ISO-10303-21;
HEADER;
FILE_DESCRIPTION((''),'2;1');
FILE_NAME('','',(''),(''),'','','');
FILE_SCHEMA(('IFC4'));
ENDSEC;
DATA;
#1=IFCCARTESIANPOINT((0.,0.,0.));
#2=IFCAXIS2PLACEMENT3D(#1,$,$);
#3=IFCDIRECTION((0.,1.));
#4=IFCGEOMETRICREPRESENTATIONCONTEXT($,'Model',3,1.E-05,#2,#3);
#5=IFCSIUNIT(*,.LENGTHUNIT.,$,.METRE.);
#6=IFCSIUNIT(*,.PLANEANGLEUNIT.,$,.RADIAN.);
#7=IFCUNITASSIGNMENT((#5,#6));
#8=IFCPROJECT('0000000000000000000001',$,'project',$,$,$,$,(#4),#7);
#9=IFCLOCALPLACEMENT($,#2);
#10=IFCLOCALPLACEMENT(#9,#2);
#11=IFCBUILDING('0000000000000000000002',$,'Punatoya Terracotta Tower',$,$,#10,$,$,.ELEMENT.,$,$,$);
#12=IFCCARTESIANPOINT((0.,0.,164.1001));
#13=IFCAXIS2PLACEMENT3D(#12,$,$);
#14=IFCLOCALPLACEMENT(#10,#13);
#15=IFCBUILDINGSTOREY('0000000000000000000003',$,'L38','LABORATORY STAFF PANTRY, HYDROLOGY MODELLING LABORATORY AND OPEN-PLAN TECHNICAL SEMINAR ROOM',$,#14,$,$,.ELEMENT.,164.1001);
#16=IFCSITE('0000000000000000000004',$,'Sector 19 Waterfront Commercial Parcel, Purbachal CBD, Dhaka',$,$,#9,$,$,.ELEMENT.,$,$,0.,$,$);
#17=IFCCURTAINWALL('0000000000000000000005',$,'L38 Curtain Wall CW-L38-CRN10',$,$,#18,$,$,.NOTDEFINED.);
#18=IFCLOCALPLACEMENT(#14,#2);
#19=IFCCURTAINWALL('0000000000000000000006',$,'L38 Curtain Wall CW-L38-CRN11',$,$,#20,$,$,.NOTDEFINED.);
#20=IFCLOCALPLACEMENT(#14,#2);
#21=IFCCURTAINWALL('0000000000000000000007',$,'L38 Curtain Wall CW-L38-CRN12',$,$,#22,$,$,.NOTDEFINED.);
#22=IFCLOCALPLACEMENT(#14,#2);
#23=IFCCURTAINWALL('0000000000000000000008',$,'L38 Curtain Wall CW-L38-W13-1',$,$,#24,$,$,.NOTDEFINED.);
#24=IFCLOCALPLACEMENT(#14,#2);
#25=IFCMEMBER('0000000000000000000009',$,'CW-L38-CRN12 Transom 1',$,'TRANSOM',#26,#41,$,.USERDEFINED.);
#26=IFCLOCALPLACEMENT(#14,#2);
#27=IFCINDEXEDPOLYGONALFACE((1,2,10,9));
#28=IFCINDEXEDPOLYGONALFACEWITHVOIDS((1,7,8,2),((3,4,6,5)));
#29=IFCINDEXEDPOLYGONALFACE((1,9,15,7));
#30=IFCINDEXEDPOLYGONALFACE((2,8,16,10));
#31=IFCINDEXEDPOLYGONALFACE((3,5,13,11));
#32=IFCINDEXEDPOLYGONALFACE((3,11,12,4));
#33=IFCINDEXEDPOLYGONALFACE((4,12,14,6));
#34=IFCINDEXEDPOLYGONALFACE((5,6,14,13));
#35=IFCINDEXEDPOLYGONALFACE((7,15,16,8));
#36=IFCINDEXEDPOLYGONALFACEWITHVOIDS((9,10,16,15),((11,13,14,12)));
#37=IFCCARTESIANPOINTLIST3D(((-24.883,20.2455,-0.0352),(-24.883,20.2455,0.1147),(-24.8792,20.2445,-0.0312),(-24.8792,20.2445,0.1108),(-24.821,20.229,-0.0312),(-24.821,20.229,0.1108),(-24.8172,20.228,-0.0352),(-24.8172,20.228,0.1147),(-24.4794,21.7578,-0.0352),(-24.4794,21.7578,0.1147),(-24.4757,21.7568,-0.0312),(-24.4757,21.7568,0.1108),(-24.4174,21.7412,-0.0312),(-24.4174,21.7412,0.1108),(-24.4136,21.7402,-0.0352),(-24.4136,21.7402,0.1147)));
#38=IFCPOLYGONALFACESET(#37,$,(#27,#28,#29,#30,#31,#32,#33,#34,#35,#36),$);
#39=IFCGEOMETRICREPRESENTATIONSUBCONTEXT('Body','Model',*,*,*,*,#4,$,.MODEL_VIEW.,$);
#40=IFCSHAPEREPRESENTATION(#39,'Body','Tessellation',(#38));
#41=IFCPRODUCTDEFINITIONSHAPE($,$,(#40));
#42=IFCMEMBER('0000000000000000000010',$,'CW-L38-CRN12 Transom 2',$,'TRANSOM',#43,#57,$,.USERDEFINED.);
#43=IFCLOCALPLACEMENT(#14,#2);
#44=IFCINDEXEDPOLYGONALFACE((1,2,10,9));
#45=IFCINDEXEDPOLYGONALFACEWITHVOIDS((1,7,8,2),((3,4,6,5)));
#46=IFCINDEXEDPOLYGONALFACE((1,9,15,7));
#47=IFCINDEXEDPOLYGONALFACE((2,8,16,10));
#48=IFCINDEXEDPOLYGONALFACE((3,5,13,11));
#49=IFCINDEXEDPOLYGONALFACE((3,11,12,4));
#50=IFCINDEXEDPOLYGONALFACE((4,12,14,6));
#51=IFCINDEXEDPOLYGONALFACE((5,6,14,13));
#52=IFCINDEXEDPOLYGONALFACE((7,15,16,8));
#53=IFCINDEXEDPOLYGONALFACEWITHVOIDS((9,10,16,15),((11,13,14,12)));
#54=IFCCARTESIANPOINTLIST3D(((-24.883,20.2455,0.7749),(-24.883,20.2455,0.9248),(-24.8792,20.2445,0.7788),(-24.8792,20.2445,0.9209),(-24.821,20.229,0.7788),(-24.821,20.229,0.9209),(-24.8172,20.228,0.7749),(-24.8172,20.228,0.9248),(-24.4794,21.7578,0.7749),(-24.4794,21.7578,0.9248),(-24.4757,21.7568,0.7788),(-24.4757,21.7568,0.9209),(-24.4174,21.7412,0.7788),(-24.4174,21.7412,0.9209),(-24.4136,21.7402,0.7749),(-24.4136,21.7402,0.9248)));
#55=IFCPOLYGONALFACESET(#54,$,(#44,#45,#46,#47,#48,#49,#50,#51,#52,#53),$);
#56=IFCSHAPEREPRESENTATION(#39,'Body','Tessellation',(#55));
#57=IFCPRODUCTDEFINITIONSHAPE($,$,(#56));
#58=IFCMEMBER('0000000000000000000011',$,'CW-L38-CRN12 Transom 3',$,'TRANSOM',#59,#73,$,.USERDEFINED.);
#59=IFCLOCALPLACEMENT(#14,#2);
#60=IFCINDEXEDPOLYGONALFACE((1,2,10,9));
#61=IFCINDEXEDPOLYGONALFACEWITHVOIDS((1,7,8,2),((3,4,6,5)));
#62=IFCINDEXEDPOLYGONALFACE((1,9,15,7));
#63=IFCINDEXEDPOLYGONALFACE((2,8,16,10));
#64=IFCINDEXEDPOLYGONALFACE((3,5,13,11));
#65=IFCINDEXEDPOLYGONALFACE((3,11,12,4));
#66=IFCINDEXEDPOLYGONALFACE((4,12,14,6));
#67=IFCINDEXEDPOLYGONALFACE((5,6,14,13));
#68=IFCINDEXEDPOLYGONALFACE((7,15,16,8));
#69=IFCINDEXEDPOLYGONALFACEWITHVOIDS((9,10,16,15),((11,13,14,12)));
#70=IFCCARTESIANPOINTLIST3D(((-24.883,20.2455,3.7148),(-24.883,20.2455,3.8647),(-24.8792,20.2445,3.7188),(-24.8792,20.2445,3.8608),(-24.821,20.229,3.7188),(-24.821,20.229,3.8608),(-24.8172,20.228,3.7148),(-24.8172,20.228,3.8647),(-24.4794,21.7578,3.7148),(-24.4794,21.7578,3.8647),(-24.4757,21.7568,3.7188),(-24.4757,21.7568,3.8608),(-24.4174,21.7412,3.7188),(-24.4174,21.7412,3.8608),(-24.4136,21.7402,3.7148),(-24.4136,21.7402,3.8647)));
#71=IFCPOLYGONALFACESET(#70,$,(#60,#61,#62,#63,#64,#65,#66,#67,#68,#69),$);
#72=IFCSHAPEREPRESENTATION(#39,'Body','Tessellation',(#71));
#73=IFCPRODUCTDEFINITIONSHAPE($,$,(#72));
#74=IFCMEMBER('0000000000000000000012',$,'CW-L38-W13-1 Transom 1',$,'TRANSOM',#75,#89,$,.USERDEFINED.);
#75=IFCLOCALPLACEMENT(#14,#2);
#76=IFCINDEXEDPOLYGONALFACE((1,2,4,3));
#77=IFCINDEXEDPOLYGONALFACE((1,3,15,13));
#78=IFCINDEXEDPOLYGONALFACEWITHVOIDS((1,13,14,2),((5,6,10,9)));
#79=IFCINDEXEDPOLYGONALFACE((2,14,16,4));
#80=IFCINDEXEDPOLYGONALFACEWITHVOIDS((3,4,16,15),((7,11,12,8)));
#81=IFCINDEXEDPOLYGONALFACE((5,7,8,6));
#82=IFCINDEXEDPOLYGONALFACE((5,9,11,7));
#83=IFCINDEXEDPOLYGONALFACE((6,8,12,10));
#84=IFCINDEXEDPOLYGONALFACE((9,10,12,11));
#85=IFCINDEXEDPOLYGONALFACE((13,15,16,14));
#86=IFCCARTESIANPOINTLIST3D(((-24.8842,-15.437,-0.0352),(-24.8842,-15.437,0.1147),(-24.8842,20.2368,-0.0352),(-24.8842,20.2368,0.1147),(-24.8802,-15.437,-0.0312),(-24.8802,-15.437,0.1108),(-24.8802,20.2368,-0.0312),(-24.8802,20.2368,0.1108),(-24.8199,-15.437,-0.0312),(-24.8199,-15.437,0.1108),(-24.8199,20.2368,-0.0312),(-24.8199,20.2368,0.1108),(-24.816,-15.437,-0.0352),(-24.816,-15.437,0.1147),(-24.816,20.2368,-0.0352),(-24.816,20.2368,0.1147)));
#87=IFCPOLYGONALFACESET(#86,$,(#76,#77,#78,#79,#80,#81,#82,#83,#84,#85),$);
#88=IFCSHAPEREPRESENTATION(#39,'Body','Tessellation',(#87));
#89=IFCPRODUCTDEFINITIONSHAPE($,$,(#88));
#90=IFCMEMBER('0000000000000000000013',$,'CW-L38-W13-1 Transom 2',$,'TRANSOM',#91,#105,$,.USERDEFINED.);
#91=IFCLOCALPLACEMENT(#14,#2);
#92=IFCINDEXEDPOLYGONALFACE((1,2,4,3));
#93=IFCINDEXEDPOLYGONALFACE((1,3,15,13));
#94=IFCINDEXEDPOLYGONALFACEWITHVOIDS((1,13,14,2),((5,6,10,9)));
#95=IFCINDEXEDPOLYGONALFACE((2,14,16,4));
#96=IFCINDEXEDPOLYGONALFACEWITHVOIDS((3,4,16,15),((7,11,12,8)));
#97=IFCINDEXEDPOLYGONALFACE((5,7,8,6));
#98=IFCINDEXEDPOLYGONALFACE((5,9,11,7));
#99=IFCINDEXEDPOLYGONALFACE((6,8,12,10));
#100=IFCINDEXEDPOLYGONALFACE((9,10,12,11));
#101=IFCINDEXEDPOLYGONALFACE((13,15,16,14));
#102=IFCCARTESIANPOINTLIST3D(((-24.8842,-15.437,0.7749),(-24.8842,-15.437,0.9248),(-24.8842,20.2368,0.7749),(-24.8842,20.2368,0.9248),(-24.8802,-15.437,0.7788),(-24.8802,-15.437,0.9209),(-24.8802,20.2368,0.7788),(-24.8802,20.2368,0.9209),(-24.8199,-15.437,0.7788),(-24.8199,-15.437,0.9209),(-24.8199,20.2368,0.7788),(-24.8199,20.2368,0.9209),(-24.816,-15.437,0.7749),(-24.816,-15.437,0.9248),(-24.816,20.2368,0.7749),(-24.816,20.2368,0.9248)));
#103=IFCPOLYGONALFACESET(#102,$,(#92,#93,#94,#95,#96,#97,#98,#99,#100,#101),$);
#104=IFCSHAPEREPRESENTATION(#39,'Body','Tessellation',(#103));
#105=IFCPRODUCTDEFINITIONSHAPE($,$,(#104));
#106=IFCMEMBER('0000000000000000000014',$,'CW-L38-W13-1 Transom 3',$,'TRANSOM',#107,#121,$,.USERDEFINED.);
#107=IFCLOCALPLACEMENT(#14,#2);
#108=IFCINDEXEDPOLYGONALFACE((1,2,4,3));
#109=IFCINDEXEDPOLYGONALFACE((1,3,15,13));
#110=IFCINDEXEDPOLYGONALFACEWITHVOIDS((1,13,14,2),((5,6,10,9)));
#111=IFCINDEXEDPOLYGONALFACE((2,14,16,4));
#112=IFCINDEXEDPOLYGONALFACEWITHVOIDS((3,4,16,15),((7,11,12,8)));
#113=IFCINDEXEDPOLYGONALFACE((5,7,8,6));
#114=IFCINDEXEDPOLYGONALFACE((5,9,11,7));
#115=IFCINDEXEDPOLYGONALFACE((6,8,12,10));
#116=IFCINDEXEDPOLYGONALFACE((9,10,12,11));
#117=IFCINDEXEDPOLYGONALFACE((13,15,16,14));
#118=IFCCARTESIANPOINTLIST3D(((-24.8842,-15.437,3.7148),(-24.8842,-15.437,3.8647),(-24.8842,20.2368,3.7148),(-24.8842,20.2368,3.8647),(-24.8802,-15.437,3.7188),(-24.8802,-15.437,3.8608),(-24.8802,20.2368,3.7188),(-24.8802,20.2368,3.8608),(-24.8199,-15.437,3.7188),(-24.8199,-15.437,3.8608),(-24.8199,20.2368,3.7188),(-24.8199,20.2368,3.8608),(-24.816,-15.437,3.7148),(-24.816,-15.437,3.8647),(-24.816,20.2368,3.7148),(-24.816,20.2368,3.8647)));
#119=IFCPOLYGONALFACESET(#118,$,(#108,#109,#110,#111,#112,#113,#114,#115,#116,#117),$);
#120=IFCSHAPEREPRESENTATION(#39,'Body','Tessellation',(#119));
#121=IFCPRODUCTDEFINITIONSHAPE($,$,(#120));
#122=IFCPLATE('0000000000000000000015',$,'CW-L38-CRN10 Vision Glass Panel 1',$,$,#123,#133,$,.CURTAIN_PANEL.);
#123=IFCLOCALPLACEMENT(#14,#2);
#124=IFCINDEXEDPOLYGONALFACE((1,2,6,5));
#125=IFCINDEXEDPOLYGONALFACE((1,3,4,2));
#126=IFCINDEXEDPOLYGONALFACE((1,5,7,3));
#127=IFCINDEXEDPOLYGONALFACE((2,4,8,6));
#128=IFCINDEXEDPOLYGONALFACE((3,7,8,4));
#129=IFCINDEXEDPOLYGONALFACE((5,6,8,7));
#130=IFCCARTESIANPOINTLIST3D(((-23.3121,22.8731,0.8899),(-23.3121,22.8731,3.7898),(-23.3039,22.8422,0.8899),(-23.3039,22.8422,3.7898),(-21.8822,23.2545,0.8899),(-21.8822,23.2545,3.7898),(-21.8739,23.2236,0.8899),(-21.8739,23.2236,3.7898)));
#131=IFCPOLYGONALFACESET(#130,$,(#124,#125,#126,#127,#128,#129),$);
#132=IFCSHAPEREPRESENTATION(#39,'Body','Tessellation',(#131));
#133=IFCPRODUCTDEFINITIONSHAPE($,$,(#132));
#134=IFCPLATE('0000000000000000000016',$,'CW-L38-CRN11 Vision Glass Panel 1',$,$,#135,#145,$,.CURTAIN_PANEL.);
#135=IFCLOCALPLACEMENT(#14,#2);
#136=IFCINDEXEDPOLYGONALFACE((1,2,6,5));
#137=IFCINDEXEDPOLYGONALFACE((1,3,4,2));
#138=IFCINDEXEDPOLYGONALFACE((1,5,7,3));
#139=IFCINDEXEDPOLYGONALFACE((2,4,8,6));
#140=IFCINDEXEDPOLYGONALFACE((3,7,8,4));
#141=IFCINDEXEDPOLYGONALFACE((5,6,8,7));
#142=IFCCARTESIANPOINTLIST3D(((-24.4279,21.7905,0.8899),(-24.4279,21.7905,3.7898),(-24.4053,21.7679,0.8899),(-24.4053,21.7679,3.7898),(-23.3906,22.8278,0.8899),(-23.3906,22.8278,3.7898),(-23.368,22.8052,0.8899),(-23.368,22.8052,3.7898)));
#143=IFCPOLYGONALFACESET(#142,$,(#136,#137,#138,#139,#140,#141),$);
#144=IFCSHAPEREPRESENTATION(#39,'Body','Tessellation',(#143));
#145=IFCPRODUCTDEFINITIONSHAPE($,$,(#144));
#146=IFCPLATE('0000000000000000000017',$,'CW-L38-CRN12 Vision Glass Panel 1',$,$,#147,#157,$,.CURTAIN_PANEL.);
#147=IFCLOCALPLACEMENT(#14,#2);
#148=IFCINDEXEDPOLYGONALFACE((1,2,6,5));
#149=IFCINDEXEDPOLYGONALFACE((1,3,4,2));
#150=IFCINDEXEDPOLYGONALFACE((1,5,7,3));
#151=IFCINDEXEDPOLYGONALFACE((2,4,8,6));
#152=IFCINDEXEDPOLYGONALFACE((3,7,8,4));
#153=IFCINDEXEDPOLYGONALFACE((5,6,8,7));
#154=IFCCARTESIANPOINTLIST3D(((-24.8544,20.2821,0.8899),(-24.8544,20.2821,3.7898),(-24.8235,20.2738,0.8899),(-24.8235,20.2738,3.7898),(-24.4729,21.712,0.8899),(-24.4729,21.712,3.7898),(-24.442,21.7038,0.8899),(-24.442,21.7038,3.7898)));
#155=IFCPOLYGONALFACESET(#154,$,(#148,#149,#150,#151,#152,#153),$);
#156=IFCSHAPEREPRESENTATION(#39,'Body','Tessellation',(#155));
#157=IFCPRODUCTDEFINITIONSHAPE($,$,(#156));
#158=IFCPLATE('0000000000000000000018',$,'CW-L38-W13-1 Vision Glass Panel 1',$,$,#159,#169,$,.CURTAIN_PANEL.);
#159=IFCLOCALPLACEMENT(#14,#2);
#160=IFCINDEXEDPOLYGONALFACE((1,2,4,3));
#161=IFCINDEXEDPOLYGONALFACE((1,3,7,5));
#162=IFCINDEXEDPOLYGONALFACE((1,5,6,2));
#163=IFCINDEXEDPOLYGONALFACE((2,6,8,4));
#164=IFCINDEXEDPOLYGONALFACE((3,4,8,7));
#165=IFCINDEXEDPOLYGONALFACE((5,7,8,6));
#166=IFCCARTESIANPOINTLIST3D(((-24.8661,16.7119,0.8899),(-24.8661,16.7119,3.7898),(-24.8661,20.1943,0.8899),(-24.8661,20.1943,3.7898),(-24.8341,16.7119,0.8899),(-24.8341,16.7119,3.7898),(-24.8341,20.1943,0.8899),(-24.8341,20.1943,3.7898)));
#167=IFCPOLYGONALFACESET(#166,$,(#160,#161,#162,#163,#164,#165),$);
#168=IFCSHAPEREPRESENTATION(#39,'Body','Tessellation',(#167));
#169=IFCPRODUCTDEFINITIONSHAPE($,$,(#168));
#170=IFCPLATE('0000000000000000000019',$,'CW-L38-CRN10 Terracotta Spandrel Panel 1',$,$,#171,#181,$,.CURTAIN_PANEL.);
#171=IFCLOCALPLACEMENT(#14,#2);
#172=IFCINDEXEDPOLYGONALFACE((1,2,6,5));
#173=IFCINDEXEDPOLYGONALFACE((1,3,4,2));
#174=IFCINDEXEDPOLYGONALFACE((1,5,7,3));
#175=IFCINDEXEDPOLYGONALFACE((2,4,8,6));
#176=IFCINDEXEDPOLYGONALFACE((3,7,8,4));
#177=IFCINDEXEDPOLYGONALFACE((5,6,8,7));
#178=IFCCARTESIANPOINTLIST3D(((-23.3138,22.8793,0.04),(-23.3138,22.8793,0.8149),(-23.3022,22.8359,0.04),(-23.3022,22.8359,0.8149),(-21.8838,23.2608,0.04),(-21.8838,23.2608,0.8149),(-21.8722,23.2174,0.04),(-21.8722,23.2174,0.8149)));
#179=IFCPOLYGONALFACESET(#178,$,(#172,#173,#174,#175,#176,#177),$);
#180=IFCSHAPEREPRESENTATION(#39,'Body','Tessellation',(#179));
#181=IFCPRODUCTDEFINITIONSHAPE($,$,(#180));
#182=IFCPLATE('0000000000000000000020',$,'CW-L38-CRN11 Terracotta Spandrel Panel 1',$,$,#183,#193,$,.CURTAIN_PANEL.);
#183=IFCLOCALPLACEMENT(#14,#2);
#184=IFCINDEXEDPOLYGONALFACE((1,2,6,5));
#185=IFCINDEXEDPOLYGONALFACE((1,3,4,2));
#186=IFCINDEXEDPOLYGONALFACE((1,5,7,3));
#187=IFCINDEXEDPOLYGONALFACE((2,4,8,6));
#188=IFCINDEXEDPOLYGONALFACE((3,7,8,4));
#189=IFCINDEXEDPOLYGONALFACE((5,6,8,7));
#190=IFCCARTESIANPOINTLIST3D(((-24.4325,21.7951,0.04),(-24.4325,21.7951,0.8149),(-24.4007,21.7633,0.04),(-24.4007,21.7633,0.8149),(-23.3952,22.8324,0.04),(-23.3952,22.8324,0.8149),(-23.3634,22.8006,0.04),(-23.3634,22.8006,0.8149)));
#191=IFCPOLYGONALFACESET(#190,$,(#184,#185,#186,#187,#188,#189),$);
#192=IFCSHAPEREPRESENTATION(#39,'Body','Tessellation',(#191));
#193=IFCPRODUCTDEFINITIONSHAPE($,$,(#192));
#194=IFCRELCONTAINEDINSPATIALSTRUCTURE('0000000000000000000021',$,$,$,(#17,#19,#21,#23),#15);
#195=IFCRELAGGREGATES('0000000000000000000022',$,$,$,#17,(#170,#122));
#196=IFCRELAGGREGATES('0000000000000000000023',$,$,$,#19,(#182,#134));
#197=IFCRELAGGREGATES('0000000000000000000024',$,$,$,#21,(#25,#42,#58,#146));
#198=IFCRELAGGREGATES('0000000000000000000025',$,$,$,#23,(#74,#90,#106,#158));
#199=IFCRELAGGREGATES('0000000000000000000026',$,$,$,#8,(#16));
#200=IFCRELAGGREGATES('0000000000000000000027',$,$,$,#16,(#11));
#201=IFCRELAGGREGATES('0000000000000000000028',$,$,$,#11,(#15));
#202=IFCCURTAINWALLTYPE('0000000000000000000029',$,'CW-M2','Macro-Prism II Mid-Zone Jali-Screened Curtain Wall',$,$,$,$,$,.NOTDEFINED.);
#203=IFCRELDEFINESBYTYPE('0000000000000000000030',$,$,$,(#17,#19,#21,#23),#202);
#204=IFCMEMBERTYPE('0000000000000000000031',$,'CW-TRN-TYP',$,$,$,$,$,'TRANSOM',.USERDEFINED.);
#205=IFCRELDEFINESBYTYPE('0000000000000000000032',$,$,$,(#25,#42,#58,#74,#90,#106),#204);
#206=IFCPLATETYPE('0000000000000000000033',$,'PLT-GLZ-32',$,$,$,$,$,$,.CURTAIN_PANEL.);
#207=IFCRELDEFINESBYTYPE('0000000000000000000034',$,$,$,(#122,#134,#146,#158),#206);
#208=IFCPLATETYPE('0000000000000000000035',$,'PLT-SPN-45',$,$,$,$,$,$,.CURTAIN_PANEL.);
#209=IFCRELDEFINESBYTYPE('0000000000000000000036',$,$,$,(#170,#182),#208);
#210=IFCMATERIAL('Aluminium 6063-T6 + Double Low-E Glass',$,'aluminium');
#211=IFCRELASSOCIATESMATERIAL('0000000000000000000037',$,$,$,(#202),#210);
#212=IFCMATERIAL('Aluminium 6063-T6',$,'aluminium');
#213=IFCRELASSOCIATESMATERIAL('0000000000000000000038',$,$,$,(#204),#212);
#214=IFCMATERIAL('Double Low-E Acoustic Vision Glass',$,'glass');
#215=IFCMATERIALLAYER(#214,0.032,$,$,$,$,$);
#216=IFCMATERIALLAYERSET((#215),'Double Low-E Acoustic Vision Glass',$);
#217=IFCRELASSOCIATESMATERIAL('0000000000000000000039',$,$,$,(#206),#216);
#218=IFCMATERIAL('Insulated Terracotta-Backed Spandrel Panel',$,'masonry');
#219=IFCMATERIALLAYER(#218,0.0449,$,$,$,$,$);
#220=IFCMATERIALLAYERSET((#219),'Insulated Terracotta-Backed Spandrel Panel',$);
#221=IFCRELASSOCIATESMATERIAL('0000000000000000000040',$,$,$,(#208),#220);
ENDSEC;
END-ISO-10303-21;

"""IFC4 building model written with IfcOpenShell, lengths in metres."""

from ifc_helpers import new_model, si_unit, direction, frame, origin, origin_2d, place, context, subcontext, project, spatial, rectangle, hollow_rectangle, extrude, material, layer, layer_set, material_profile, profile_set, type_object, element, aggregate, save


model = new_model("IFC4")

# Units and contexts
model_context = context("Model", 3, precision=1e-05, world=origin(), true_north=direction((0.0, 1.0)))
body_context = subcontext(model_context, "Body", "Model", "MODEL_VIEW")
ifc_project = project(units=[si_unit("LENGTHUNIT", "METRE"), si_unit("PLANEANGLEUNIT", "RADIAN")], contexts=[model_context])

# Site, building, storey
site_placement = place(None, origin())
site = spatial("IfcSite", under=ifc_project, at=site_placement, Name="Sector 19 Waterfront Commercial Parcel, Purbachal CBD, Dhaka", CompositionType="ELEMENT", RefElevation=0.0)
building_placement = place(site_placement, origin())
building = spatial("IfcBuilding", under=site, at=building_placement, Name="Punatoya Terracotta Tower", CompositionType="ELEMENT")
storey_placement = place(building_placement, frame((0.0, 0.0, 164.1001)))
storey = spatial("IfcBuildingStorey", under=building, at=storey_placement, Name="L38", Description="LABORATORY STAFF PANTRY, HYDROLOGY MODELLING LABORATORY AND OPEN-PLAN TECHNICAL SEMINAR ROOM", CompositionType="ELEMENT", Elevation=164.1001)

# Curtain walls
ifc_material_1 = material(Name="Aluminium 6063-T6 + Double Low-E Glass", Category="aluminium")
curtain_wall_type = type_object("IfcCurtainWallType", Name="CW-M2", Description="Macro-Prism II Mid-Zone Jali-Screened Curtain Wall", PredefinedType="NOTDEFINED", material=ifc_material_1)
curtain_wall_1_placement = place(storey_placement, origin())
curtain_wall_1 = element("IfcCurtainWall", 1, at=curtain_wall_1_placement, inside=storey, type_object=curtain_wall_type, Name="L38 Curtain Wall CW-L38-CRN10", PredefinedType="NOTDEFINED")
ifc_material_2 = material(Name="Aluminium 6063-T6", Category="aluminium")
curtain_wall_2_placement = place(storey_placement, origin())
curtain_wall_2 = element("IfcCurtainWall", 2, at=curtain_wall_2_placement, inside=storey, type_object=curtain_wall_type, Name="L38 Curtain Wall CW-L38-CRN11", PredefinedType="NOTDEFINED")
curtain_wall_3_placement = place(storey_placement, origin())
curtain_wall_3 = element("IfcCurtainWall", 3, at=curtain_wall_3_placement, inside=storey, type_object=curtain_wall_type, Name="L38 Curtain Wall CW-L38-CRN12", PredefinedType="NOTDEFINED")

# Curtain wall
curtain_wall_4_placement = place(storey_placement, origin())
curtain_wall_4 = element("IfcCurtainWall", 4, at=curtain_wall_4_placement, inside=storey, type_object=curtain_wall_type, Name="L38 Curtain Wall CW-L38-W13-1", PredefinedType="NOTDEFINED")

# Members
ifc_material_profile_1 = material_profile(ifc_material_2, hollow_rectangle(XDim=0.0681, YDim=0.1499, WallThickness=0.0039, at=origin_2d()))
ifc_profile_set_1 = profile_set([ifc_material_profile_1], Name="Aluminium 6063-T6")
member_type_1 = type_object("IfcMemberType", Name="CW-TRN-TYP", ElementType="TRANSOM", PredefinedType="USERDEFINED", material=ifc_profile_set_1)
member_1_placement = place(storey_placement, frame((-24.4465, 21.749, 0.0398), z_axis=(-0.257847, -0.966186, 0.0), x_axis=(0.966186, -0.257847, 0.0)))
member_1 = element("IfcMember", 5, at=member_1_placement, type_object=member_type_1, Name="CW-L38-CRN12 Transom 1", ObjectType="TRANSOM", PredefinedType="USERDEFINED", context=body_context, shape_type="SweptSolid", body=[
    extrude(hollow_rectangle(XDim=0.0681, YDim=0.1499, WallThickness=0.0039, at=origin_2d()), origin(), (0.0, 0.0, 1.0), 1.5652),
])
member_2_placement = place(storey_placement, frame((-24.4465, 21.749, 0.8499), z_axis=(-0.257847, -0.966186, 0.0), x_axis=(0.966186, -0.257847, 0.0)))
member_2 = element("IfcMember", 6, at=member_2_placement, type_object=member_type_1, Name="CW-L38-CRN12 Transom 2", ObjectType="TRANSOM", PredefinedType="USERDEFINED", context=body_context, shape_type="SweptSolid", body=[
    extrude(hollow_rectangle(XDim=0.0681, YDim=0.1499, WallThickness=0.0039, at=origin_2d()), origin(), (0.0, 0.0, 1.0), 1.5652),
])
member_3_placement = place(storey_placement, frame((-24.4465, 21.749, 3.7898), z_axis=(-0.257847, -0.966186, 0.0), x_axis=(0.966186, -0.257847, 0.0)))
member_3 = element("IfcMember", 7, at=member_3_placement, type_object=member_type_1, Name="CW-L38-CRN12 Transom 3", ObjectType="TRANSOM", PredefinedType="USERDEFINED", context=body_context, shape_type="SweptSolid", body=[
    extrude(hollow_rectangle(XDim=0.0681, YDim=0.1499, WallThickness=0.0039, at=origin_2d()), origin(), (0.0, 0.0, 1.0), 1.5652),
])
member_4_placement = place(storey_placement, frame((-24.8501, 20.2368, 0.0398), z_axis=(0.0, -1.0, 0.0), x_axis=(1.0, 0.0, 0.0)))
member_4 = element("IfcMember", 8, at=member_4_placement, type_object=member_type_1, Name="CW-L38-W13-1 Transom 1", ObjectType="TRANSOM", PredefinedType="USERDEFINED", context=body_context, shape_type="SweptSolid", body=[
    extrude(hollow_rectangle(XDim=0.0681, YDim=0.1499, WallThickness=0.0039, at=origin_2d()), origin(), (0.0, 0.0, 1.0), 35.6738),
])
member_5_placement = place(storey_placement, frame((-24.8501, 20.2368, 0.8499), z_axis=(0.0, -1.0, 0.0), x_axis=(1.0, 0.0, 0.0)))
member_5 = element("IfcMember", 9, at=member_5_placement, type_object=member_type_1, Name="CW-L38-W13-1 Transom 2", ObjectType="TRANSOM", PredefinedType="USERDEFINED", context=body_context, shape_type="SweptSolid", body=[
    extrude(hollow_rectangle(XDim=0.0681, YDim=0.1499, WallThickness=0.0039, at=origin_2d()), origin(), (0.0, 0.0, 1.0), 35.6738),
])
member_6_placement = place(storey_placement, frame((-24.8501, 20.2368, 3.7898), z_axis=(0.0, -1.0, 0.0), x_axis=(1.0, 0.0, 0.0)))
member_6 = element("IfcMember", 10, at=member_6_placement, type_object=member_type_1, Name="CW-L38-W13-1 Transom 3", ObjectType="TRANSOM", PredefinedType="USERDEFINED", context=body_context, shape_type="SweptSolid", body=[
    extrude(hollow_rectangle(XDim=0.0681, YDim=0.1499, WallThickness=0.0039, at=origin_2d()), origin(), (0.0, 0.0, 1.0), 35.6738),
])

# Plates
ifc_material_3 = material(Name="Double Low-E Acoustic Vision Glass", Category="glass")
ifc_layer_1 = layer(ifc_material_3, 0.032)
ifc_layer_set_1 = layer_set([ifc_layer_1], Name="Double Low-E Acoustic Vision Glass")
plate_type_1 = type_object("IfcPlateType", Name="PLT-GLZ-32", PredefinedType="CURTAIN_PANEL", material=ifc_layer_set_1)
plate_1_placement = place(storey_placement, frame((-22.593, 23.0483, 0.8899), z_axis=(0.0, 0.0, 1.0), x_axis=(-0.966214, -0.257742, 0.0)))
plate_1 = element("IfcPlate", 11, at=plate_1_placement, type_object=plate_type_1, Name="CW-L38-CRN10 Vision Glass Panel 1", PredefinedType="CURTAIN_PANEL", context=body_context, shape_type="SweptSolid", body=[
    extrude(rectangle(XDim=1.48, YDim=0.032, at=origin_2d()), origin(), (0.0, 0.0, 1.0), 2.8999),
])
plate_2_placement = place(storey_placement, frame((-23.8979, 22.2979, 0.8899), z_axis=(0.0, 0.0, 1.0), x_axis=(-0.707107, -0.707107, 0.0)))
plate_2 = element("IfcPlate", 12, at=plate_2_placement, type_object=plate_type_1, Name="CW-L38-CRN11 Vision Glass Panel 1", PredefinedType="CURTAIN_PANEL", context=body_context, shape_type="SweptSolid", body=[
    extrude(rectangle(XDim=1.467, YDim=0.032, at=origin_2d()), origin(), (0.0, 0.0, 1.0), 2.8999),
])
plate_3_placement = place(storey_placement, frame((-24.6482, 20.9929, 0.8899), z_axis=(0.0, 0.0, 1.0), x_axis=(-0.257742, -0.966214, 0.0)))
plate_3 = element("IfcPlate", 13, at=plate_3_placement, type_object=plate_type_1, Name="CW-L38-CRN12 Vision Glass Panel 1", PredefinedType="CURTAIN_PANEL", context=body_context, shape_type="SweptSolid", body=[
    extrude(rectangle(XDim=1.48, YDim=0.032, at=origin_2d()), origin(), (0.0, 0.0, 1.0), 2.8999),
])
plate_4_placement = place(storey_placement, frame((-24.8501, 18.4531, 0.8899), z_axis=(0.0, 0.0, 1.0), x_axis=(0.0, -1.0, 0.0)))
plate_4 = element("IfcPlate", 14, at=plate_4_placement, type_object=plate_type_1, Name="CW-L38-W13-1 Vision Glass Panel 1", PredefinedType="CURTAIN_PANEL", context=body_context, shape_type="SweptSolid", body=[
    extrude(rectangle(XDim=3.4824, YDim=0.032, at=origin_2d()), origin(), (0.0, 0.0, 1.0), 2.8999),
])
ifc_material_4 = material(Name="Insulated Terracotta-Backed Spandrel Panel", Category="masonry")
ifc_layer_2 = layer(ifc_material_4, 0.0449)
ifc_layer_set_2 = layer_set([ifc_layer_2], Name="Insulated Terracotta-Backed Spandrel Panel")
plate_type_2 = type_object("IfcPlateType", Name="PLT-SPN-45", PredefinedType="CURTAIN_PANEL", material=ifc_layer_set_2)
plate_5_placement = place(storey_placement, frame((-22.593, 23.0483, 0.04), z_axis=(0.0, 0.0, 1.0), x_axis=(-0.966214, -0.257742, 0.0)))
plate_5 = element("IfcPlate", 15, at=plate_5_placement, type_object=plate_type_2, Name="CW-L38-CRN10 Terracotta Spandrel Panel 1", PredefinedType="CURTAIN_PANEL", context=body_context, shape_type="SweptSolid", body=[
    extrude(rectangle(XDim=1.48, YDim=0.0449, at=origin_2d()), origin(), (0.0, 0.0, 1.0), 0.7749),
])
aggregate(curtain_wall_1, [plate_5, plate_1])
plate_6_placement = place(storey_placement, frame((-23.8979, 22.2979, 0.04), z_axis=(0.0, 0.0, 1.0), x_axis=(-0.707107, -0.707107, 0.0)))
plate_6 = element("IfcPlate", 16, at=plate_6_placement, type_object=plate_type_2, Name="CW-L38-CRN11 Terracotta Spandrel Panel 1", PredefinedType="CURTAIN_PANEL", context=body_context, shape_type="SweptSolid", body=[
    extrude(rectangle(XDim=1.467, YDim=0.0449, at=origin_2d()), origin(), (0.0, 0.0, 1.0), 0.7749),
])
aggregate(curtain_wall_2, [plate_6, plate_2])
aggregate(curtain_wall_3, [member_1, member_2, member_3, plate_3])
aggregate(curtain_wall_4, [member_4, member_5, member_6, plate_4])

save(model, "model.ifc")
